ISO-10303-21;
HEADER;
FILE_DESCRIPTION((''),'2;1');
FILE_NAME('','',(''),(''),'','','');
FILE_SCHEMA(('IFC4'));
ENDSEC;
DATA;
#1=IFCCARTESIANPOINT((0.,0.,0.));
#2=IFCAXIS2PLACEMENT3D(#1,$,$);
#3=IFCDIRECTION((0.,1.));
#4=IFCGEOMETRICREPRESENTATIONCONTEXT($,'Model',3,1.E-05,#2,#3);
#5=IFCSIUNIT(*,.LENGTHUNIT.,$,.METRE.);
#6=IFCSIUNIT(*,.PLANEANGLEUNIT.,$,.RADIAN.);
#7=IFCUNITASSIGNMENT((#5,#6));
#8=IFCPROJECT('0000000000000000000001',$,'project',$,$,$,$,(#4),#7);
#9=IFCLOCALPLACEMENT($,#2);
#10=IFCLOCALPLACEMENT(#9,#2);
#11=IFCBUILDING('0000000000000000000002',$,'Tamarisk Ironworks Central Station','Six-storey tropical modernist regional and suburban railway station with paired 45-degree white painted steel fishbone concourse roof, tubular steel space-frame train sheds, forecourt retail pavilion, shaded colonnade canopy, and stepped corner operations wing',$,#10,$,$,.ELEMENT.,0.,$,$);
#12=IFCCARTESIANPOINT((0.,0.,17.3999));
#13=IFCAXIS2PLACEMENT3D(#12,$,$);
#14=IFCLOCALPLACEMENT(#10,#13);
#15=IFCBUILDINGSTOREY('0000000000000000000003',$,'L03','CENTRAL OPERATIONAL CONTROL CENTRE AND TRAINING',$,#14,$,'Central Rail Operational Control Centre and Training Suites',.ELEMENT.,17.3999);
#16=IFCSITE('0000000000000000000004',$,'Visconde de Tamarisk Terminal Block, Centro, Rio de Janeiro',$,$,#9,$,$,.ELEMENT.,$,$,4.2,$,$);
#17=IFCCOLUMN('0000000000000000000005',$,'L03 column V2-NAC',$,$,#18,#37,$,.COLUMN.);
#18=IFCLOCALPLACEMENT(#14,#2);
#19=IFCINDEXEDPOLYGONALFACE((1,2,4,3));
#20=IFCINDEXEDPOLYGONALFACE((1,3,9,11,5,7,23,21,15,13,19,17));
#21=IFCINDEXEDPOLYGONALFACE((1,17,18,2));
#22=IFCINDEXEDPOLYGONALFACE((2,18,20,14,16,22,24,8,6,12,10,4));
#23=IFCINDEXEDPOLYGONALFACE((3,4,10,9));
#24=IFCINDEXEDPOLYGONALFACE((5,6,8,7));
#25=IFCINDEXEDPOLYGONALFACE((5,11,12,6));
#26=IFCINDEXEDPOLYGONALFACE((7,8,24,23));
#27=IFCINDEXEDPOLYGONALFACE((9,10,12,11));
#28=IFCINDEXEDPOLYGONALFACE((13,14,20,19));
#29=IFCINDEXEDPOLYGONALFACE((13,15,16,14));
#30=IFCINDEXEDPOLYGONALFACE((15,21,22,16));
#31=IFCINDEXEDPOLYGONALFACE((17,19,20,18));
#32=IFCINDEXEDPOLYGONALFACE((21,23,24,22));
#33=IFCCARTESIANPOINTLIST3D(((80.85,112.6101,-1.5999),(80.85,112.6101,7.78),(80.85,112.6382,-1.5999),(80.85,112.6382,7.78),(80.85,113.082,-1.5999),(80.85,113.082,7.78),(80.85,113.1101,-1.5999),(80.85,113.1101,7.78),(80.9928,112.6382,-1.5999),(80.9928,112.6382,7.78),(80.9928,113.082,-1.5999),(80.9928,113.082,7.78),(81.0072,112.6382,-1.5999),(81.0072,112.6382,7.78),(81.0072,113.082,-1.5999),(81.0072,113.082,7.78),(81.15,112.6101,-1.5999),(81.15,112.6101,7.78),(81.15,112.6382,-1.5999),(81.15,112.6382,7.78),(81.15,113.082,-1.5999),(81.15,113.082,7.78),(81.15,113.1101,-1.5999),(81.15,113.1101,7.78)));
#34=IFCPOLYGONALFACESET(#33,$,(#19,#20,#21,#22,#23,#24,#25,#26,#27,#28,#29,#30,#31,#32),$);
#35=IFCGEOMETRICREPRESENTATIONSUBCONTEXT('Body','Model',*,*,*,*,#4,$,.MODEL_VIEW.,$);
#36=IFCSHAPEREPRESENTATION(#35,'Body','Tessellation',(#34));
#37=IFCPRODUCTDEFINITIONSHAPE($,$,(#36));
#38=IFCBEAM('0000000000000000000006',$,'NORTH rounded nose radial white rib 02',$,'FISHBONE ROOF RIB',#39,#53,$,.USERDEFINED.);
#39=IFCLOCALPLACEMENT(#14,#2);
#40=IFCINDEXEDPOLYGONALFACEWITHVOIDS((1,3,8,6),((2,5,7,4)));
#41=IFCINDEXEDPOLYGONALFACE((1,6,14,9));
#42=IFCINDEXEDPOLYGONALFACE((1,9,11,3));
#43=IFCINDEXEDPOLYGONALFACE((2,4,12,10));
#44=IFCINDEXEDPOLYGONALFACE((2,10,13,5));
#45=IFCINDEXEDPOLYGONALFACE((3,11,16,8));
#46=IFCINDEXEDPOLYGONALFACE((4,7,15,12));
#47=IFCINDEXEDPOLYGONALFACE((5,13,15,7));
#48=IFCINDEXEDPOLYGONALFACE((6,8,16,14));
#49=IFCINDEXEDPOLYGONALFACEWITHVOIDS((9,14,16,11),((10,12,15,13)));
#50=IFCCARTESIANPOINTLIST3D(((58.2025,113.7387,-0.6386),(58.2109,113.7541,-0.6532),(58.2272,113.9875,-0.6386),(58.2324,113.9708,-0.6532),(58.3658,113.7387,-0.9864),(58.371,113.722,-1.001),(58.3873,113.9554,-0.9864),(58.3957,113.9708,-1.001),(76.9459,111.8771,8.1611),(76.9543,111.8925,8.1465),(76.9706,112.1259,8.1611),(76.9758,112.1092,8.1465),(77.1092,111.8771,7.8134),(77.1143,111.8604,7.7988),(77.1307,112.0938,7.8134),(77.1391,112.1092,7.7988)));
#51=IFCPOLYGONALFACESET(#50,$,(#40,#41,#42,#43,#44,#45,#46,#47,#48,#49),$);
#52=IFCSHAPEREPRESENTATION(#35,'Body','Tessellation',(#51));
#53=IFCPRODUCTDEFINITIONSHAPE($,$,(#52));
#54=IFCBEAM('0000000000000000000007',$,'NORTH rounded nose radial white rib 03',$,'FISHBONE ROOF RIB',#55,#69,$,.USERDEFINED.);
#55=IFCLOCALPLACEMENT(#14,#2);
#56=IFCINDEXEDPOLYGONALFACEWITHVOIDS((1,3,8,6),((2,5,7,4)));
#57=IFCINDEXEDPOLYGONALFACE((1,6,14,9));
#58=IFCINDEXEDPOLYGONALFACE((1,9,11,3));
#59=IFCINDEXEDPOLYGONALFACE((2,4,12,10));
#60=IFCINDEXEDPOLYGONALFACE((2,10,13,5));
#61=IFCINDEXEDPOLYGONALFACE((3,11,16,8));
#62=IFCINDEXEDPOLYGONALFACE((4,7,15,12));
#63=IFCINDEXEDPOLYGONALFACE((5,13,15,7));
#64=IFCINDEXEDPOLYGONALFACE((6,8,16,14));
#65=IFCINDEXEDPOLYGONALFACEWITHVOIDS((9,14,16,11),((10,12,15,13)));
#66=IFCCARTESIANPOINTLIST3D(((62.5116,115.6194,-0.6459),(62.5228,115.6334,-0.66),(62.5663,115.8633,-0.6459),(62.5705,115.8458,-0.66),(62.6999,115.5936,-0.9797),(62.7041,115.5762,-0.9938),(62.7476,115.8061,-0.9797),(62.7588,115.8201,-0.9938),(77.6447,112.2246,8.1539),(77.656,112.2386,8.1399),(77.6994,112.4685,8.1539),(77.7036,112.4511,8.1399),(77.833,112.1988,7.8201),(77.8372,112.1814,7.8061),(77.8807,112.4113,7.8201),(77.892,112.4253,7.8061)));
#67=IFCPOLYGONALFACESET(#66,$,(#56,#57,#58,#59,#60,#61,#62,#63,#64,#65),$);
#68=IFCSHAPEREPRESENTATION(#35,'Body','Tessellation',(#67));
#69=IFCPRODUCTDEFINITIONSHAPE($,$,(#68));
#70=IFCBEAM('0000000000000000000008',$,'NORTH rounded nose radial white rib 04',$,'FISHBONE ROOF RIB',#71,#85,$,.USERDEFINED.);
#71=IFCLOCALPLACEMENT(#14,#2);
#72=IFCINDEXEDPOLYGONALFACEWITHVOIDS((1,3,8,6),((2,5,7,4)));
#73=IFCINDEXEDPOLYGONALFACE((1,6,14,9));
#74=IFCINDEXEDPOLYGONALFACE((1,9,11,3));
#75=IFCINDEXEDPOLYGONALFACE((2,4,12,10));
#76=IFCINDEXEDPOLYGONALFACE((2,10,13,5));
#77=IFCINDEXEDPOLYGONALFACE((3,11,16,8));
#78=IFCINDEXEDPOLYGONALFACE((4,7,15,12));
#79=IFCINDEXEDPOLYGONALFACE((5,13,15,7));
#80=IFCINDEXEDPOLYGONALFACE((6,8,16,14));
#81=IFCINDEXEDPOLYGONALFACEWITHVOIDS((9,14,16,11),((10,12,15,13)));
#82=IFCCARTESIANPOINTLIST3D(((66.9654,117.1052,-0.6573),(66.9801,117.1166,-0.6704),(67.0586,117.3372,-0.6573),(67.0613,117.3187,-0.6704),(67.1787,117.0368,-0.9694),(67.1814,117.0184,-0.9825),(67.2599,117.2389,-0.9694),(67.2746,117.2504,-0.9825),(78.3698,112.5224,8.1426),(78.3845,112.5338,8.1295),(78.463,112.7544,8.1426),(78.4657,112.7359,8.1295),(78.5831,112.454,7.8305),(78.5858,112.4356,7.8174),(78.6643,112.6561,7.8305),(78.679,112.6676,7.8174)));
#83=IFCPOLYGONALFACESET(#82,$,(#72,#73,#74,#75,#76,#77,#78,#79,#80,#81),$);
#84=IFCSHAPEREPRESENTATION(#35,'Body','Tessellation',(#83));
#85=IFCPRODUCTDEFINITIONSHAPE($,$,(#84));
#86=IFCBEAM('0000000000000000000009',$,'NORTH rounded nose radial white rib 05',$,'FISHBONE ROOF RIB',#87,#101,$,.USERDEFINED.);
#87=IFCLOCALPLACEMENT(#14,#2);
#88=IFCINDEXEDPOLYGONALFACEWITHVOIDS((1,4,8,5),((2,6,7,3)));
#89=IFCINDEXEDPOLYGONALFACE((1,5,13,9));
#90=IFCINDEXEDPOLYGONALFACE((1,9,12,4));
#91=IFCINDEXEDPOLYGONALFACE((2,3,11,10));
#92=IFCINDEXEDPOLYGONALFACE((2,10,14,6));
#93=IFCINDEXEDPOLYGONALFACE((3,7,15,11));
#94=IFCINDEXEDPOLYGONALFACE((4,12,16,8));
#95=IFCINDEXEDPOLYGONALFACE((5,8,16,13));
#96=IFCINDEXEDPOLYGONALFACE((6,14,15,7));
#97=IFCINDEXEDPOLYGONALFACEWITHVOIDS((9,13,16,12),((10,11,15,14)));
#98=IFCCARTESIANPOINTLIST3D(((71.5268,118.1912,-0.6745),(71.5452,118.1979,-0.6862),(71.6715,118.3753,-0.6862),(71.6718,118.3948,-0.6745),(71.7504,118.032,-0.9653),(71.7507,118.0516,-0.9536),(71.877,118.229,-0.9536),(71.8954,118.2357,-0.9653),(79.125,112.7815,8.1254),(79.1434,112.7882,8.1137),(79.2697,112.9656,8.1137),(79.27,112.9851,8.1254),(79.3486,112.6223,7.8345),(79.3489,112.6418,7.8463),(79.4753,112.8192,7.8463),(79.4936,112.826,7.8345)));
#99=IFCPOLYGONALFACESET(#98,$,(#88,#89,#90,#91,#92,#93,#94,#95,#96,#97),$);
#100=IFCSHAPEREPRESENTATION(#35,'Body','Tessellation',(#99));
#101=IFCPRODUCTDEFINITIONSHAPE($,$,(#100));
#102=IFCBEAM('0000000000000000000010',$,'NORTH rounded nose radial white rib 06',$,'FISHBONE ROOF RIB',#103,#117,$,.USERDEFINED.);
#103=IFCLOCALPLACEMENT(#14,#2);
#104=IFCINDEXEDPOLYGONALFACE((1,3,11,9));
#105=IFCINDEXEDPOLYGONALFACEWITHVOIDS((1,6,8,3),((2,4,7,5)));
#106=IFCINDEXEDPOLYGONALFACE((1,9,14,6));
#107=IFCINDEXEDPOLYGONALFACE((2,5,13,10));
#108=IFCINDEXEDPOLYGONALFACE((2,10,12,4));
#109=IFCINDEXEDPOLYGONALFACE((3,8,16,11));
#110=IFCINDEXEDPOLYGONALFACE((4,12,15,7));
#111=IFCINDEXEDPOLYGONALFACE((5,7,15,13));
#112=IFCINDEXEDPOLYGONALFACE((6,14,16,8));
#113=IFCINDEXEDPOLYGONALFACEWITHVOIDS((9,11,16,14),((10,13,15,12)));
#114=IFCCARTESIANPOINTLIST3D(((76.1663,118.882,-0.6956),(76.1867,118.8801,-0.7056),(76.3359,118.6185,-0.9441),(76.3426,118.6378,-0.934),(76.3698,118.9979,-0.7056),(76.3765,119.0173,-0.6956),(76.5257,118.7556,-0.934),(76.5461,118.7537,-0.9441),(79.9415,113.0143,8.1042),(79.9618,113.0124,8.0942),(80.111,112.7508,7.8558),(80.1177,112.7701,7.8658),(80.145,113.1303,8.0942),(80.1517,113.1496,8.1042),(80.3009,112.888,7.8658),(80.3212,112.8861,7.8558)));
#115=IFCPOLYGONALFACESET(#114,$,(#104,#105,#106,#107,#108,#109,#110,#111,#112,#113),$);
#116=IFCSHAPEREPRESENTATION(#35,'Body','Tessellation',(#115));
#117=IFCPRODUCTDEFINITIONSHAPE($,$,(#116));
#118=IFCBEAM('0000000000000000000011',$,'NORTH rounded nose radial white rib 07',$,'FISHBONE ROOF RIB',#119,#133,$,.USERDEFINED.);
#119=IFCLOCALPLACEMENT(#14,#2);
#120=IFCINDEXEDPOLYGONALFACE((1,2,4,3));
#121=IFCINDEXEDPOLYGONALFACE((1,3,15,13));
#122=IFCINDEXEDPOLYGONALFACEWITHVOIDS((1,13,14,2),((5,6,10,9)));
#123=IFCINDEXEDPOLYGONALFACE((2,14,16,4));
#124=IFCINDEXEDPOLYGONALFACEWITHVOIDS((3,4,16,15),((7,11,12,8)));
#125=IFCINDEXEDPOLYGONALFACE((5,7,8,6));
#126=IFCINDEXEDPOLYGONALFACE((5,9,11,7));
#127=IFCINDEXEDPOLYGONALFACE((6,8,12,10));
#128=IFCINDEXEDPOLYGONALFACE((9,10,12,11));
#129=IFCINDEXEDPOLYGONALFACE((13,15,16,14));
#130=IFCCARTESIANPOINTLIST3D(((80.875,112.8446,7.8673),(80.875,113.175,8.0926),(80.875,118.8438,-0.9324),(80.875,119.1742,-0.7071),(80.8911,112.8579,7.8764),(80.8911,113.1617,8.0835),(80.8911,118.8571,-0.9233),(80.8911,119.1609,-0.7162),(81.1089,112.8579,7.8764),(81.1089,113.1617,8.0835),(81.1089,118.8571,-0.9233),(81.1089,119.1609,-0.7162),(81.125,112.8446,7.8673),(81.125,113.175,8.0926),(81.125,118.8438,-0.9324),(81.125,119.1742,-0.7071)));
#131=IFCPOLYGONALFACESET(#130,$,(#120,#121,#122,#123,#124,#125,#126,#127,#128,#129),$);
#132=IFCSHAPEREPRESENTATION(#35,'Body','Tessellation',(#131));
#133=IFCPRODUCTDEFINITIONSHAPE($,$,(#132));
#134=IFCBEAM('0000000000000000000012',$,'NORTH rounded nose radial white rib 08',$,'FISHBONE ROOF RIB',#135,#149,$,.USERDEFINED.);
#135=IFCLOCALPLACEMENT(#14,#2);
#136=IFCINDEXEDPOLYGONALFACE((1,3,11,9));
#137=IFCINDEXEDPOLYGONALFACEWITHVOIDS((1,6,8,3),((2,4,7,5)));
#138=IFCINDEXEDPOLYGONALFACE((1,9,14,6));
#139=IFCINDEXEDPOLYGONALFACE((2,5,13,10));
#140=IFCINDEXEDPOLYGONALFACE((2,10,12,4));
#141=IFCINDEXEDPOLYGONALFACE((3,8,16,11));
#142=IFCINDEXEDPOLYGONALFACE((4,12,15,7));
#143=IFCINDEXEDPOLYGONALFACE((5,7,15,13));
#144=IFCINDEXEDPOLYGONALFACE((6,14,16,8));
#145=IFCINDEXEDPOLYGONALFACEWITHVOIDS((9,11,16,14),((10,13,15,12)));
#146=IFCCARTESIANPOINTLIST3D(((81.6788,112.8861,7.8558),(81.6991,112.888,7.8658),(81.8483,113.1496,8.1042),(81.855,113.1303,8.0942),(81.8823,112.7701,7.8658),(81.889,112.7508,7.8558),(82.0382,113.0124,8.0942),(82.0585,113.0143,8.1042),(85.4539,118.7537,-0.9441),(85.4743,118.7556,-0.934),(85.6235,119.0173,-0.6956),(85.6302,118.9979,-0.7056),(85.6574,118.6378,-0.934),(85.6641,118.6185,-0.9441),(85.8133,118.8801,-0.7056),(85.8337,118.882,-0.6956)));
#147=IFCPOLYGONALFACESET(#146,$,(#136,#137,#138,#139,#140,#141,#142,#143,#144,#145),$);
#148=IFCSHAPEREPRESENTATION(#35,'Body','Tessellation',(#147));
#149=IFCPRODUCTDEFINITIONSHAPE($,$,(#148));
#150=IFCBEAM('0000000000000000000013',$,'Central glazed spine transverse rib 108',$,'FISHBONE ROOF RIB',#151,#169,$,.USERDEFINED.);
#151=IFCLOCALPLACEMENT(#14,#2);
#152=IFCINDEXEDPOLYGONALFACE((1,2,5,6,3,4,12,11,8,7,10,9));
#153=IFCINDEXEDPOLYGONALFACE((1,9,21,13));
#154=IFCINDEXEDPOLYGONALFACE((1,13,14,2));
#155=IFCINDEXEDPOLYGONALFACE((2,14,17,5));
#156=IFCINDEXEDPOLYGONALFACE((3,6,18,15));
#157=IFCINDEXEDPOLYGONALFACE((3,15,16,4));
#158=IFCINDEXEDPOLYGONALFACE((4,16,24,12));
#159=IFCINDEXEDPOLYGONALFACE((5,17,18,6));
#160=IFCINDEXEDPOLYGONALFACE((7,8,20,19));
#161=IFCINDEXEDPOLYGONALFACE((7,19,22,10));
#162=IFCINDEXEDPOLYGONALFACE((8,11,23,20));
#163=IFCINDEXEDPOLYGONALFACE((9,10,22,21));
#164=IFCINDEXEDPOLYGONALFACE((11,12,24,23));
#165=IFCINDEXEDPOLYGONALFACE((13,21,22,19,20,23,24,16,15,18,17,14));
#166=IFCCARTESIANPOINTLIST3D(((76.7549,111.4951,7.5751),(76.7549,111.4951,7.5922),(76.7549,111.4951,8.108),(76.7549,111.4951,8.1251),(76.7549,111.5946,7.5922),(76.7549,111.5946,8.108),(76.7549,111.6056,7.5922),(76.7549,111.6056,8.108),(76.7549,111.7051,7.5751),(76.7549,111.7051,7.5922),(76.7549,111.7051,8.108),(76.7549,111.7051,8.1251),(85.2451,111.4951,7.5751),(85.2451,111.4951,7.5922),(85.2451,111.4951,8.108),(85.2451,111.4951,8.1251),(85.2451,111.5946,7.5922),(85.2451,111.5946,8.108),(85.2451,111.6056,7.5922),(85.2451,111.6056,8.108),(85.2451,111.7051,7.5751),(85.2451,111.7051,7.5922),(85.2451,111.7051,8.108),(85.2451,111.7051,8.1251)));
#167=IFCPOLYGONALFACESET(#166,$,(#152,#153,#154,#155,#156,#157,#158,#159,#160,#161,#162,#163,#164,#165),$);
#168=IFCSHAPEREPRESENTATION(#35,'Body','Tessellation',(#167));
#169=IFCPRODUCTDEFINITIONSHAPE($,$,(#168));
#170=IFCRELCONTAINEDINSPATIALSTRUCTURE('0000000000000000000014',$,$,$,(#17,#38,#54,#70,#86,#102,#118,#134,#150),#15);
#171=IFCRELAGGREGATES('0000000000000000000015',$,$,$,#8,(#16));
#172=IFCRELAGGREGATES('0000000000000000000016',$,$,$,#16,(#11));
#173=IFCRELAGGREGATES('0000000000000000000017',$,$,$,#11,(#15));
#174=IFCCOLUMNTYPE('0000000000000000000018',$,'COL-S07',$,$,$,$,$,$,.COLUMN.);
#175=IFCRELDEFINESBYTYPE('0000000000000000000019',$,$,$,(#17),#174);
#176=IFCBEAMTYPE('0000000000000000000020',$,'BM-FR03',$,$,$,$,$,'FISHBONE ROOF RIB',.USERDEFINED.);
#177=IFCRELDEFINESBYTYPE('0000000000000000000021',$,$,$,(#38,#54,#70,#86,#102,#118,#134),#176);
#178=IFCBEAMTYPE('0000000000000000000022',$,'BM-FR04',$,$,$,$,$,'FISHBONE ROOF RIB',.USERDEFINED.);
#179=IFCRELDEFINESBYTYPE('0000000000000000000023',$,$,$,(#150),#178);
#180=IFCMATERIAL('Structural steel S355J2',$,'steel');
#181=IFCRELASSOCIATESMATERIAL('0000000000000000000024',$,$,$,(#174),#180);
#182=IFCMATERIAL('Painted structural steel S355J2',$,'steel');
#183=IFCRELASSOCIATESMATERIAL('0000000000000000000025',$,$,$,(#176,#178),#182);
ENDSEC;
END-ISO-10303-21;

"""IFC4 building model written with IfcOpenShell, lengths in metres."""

from ifc_helpers import new_model, si_unit, direction, frame, origin, origin_2d, place, context, subcontext, project, spatial, hollow_rectangle, i_section, extrude, material, material_profile, profile_set, type_object, element, save


model = new_model("IFC4")

# Units and contexts
model_context = context("Model", 3, precision=1e-05, world=origin(), true_north=direction((0.0, 1.0)))
body_context = subcontext(model_context, "Body", "Model", "MODEL_VIEW")
ifc_project = project(units=[si_unit("LENGTHUNIT", "METRE"), si_unit("PLANEANGLEUNIT", "RADIAN")], contexts=[model_context])

# Site, building, storey
site_placement = place(None, origin())
site = spatial("IfcSite", under=ifc_project, at=site_placement, Name="Visconde de Tamarisk Terminal Block, Centro, Rio de Janeiro", CompositionType="ELEMENT", RefElevation=4.2)
building_placement = place(site_placement, origin())
building = spatial("IfcBuilding", under=site, at=building_placement, Name="Tamarisk Ironworks Central Station", Description="Six-storey tropical modernist regional and suburban railway station with paired 45-degree white painted steel fishbone concourse roof, tubular steel space-frame train sheds, forecourt retail pavilion, shaded colonnade canopy, and stepped corner operations wing", CompositionType="ELEMENT", ElevationOfRefHeight=0.0)
storey_placement = place(building_placement, frame((0.0, 0.0, 17.3999)))
storey = spatial("IfcBuildingStorey", under=building, at=storey_placement, Name="L03", Description="CENTRAL OPERATIONAL CONTROL CENTRE AND TRAINING", LongName="Central Rail Operational Control Centre and Training Suites", CompositionType="ELEMENT", Elevation=17.3999)

# Column
ifc_material_1 = material(Name="Structural steel S355J2", Category="steel")
ifc_material_profile_1 = material_profile(ifc_material_1, i_section(OverallWidth=0.3, OverallDepth=0.5, WebThickness=0.0144, FlangeThickness=0.0281, at=origin_2d()), Name="HEB 500")
ifc_profile_set_1 = profile_set([ifc_material_profile_1], Name="Structural steel S355J2")
column_type = type_object("IfcColumnType", Name="COL-S07", PredefinedType="COLUMN", material=ifc_profile_set_1)
column_placement = place(storey_placement, frame((81.0, 112.8601, -1.5999), z_axis=(0.0, 0.0, 1.0), x_axis=(1.0, 0.0, 0.0)))
element("IfcColumn", 1, at=column_placement, inside=storey, type_object=column_type, Name="L03 column V2-NAC", PredefinedType="COLUMN", context=body_context, shape_type="SweptSolid", body=[
    extrude(i_section(OverallWidth=0.3, OverallDepth=0.5, WebThickness=0.0144, FlangeThickness=0.0281, at=origin_2d()), origin(), (0.0, 0.0, 1.0), 9.3799),
])

# Beams
ifc_material_2 = material(Name="Painted structural steel S355J2", Category="steel")
ifc_material_profile_2 = material_profile(ifc_material_2, hollow_rectangle(XDim=0.25, YDim=0.3999, WallThickness=0.0161, at=origin_2d()), Name="RHS 400x250x16")
ifc_profile_set_2 = profile_set([ifc_material_profile_2], Name="Painted structural steel S355J2")
beam_type_1 = type_object("IfcBeamType", Name="BM-FR03", ElementType="FISHBONE ROOF RIB", PredefinedType="USERDEFINED", material=ifc_profile_set_2)
beam_1_placement = place(storey_placement, frame((77.0425, 111.9932, 7.98), z_axis=(-0.901566, 0.089542, -0.423274), x_axis=(-0.098833, -0.995104, 0.0)))
element("IfcBeam", 2, at=beam_1_placement, inside=storey, type_object=beam_type_1, Name="NORTH rounded nose radial white rib 02", ObjectType="FISHBONE ROOF RIB", PredefinedType="USERDEFINED", context=body_context, shape_type="SweptSolid", body=[
    extrude(hollow_rectangle(XDim=0.25, YDim=0.3999, WallThickness=0.0161, at=origin_2d()), origin(), (0.0, 0.0, 1.0), 20.7898),
])
beam_2_placement = place(storey_placement, frame((77.7683, 112.325, 7.98), z_axis=(-0.848659, 0.190378, -0.493491), x_axis=(-0.218888, -0.97575, 0.0)))
element("IfcBeam", 3, at=beam_2_placement, inside=storey, type_object=beam_type_1, Name="NORTH rounded nose radial white rib 03", ObjectType="FISHBONE ROOF RIB", PredefinedType="USERDEFINED", context=body_context, shape_type="SweptSolid", body=[
    extrude(hollow_rectangle(XDim=0.25, YDim=0.3999, WallThickness=0.0161, at=origin_2d()), origin(), (0.0, 0.0, 1.0), 17.8318),
])
beam_3_placement = place(storey_placement, frame((78.5244, 112.595, 7.98), z_axis=(-0.754447, 0.303171, -0.582148), x_axis=(-0.372866, -0.927885, 0.0)))
element("IfcBeam", 4, at=beam_3_placement, inside=storey, type_object=beam_type_1, Name="NORTH rounded nose radial white rib 04", ObjectType="FISHBONE ROOF RIB", PredefinedType="USERDEFINED", context=body_context, shape_type="SweptSolid", body=[
    extrude(hollow_rectangle(XDim=0.25, YDim=0.3999, WallThickness=0.0161, at=origin_2d()), origin(), (0.0, 0.0, 1.0), 15.1162),
])
beam_4_placement = place(storey_placement, frame((79.3093, 112.8037, 7.98), z_axis=(-0.592534, 0.421868, -0.686244), x_axis=(-0.57999, -0.814624, 0.0)))
element("IfcBeam", 5, at=beam_4_placement, inside=storey, type_object=beam_type_1, Name="NORTH rounded nose radial white rib 05", ObjectType="FISHBONE ROOF RIB", PredefinedType="USERDEFINED", context=body_context, shape_type="SweptSolid", body=[
    extrude(hollow_rectangle(XDim=0.25, YDim=0.3999, WallThickness=0.0161, at=origin_2d()), origin(), (0.0, 0.0, 1.0), 12.8232),
])
beam_5_placement = place(storey_placement, frame((80.1313, 112.9502, 7.98), z_axis=(-0.33616, 0.52249, -0.783582), x_axis=(-0.840978, -0.541069, 0.0)))
element("IfcBeam", 6, at=beam_5_placement, inside=storey, type_object=beam_type_1, Name="NORTH rounded nose radial white rib 06", ObjectType="FISHBONE ROOF RIB", PredefinedType="USERDEFINED", context=body_context, shape_type="SweptSolid", body=[
    extrude(hollow_rectangle(XDim=0.25, YDim=0.3999, WallThickness=0.0161, at=origin_2d()), origin(), (0.0, 0.0, 1.0), 11.2302),
])
beam_6_placement = place(storey_placement, frame((81.0, 113.0098, 7.98), z_axis=(0.0, 0.563298, -0.826254), x_axis=(-1.0, 0.0, 0.0)))
element("IfcBeam", 7, at=beam_6_placement, inside=storey, type_object=beam_type_1, Name="NORTH rounded nose radial white rib 07", ObjectType="FISHBONE ROOF RIB", PredefinedType="USERDEFINED", context=body_context, shape_type="SweptSolid", body=[
    extrude(hollow_rectangle(XDim=0.25, YDim=0.3999, WallThickness=0.0161, at=origin_2d()), origin(), (0.0, 0.0, 1.0), 10.6501),
])
beam_7_placement = place(storey_placement, frame((81.8687, 112.9502, 7.98), z_axis=(0.33616, 0.52249, -0.783582), x_axis=(-0.840978, 0.541069, 0.0)))
element("IfcBeam", 8, at=beam_7_placement, inside=storey, type_object=beam_type_1, Name="NORTH rounded nose radial white rib 08", ObjectType="FISHBONE ROOF RIB", PredefinedType="USERDEFINED", context=body_context, shape_type="SweptSolid", body=[
    extrude(hollow_rectangle(XDim=0.25, YDim=0.3999, WallThickness=0.0161, at=origin_2d()), origin(), (0.0, 0.0, 1.0), 11.2302),
])
ifc_material_profile_3 = material_profile(ifc_material_2, i_section(OverallWidth=0.21, OverallDepth=0.55, WebThickness=0.011, FlangeThickness=0.0171, at=origin_2d()), Name="IPE 550")
ifc_profile_set_3 = profile_set([ifc_material_profile_3], Name="Painted structural steel S355J2")
beam_type_2 = type_object("IfcBeamType", Name="BM-FR04", ElementType="FISHBONE ROOF RIB", PredefinedType="USERDEFINED", material=ifc_profile_set_3)
beam_8_placement = place(storey_placement, frame((76.7549, 111.6001, 7.8501), z_axis=(1.0, 0.0, 0.0), x_axis=(0.0, 1.0, 0.0)))
element("IfcBeam", 9, at=beam_8_placement, inside=storey, type_object=beam_type_2, Name="Central glazed spine transverse rib 108", ObjectType="FISHBONE ROOF RIB", PredefinedType="USERDEFINED", context=body_context, shape_type="SweptSolid", body=[
    extrude(i_section(OverallWidth=0.21, OverallDepth=0.55, WebThickness=0.011, FlangeThickness=0.0171, at=origin_2d()), origin(), (0.0, 0.0, 1.0), 8.4902),
])

save(model, "model.ifc")
